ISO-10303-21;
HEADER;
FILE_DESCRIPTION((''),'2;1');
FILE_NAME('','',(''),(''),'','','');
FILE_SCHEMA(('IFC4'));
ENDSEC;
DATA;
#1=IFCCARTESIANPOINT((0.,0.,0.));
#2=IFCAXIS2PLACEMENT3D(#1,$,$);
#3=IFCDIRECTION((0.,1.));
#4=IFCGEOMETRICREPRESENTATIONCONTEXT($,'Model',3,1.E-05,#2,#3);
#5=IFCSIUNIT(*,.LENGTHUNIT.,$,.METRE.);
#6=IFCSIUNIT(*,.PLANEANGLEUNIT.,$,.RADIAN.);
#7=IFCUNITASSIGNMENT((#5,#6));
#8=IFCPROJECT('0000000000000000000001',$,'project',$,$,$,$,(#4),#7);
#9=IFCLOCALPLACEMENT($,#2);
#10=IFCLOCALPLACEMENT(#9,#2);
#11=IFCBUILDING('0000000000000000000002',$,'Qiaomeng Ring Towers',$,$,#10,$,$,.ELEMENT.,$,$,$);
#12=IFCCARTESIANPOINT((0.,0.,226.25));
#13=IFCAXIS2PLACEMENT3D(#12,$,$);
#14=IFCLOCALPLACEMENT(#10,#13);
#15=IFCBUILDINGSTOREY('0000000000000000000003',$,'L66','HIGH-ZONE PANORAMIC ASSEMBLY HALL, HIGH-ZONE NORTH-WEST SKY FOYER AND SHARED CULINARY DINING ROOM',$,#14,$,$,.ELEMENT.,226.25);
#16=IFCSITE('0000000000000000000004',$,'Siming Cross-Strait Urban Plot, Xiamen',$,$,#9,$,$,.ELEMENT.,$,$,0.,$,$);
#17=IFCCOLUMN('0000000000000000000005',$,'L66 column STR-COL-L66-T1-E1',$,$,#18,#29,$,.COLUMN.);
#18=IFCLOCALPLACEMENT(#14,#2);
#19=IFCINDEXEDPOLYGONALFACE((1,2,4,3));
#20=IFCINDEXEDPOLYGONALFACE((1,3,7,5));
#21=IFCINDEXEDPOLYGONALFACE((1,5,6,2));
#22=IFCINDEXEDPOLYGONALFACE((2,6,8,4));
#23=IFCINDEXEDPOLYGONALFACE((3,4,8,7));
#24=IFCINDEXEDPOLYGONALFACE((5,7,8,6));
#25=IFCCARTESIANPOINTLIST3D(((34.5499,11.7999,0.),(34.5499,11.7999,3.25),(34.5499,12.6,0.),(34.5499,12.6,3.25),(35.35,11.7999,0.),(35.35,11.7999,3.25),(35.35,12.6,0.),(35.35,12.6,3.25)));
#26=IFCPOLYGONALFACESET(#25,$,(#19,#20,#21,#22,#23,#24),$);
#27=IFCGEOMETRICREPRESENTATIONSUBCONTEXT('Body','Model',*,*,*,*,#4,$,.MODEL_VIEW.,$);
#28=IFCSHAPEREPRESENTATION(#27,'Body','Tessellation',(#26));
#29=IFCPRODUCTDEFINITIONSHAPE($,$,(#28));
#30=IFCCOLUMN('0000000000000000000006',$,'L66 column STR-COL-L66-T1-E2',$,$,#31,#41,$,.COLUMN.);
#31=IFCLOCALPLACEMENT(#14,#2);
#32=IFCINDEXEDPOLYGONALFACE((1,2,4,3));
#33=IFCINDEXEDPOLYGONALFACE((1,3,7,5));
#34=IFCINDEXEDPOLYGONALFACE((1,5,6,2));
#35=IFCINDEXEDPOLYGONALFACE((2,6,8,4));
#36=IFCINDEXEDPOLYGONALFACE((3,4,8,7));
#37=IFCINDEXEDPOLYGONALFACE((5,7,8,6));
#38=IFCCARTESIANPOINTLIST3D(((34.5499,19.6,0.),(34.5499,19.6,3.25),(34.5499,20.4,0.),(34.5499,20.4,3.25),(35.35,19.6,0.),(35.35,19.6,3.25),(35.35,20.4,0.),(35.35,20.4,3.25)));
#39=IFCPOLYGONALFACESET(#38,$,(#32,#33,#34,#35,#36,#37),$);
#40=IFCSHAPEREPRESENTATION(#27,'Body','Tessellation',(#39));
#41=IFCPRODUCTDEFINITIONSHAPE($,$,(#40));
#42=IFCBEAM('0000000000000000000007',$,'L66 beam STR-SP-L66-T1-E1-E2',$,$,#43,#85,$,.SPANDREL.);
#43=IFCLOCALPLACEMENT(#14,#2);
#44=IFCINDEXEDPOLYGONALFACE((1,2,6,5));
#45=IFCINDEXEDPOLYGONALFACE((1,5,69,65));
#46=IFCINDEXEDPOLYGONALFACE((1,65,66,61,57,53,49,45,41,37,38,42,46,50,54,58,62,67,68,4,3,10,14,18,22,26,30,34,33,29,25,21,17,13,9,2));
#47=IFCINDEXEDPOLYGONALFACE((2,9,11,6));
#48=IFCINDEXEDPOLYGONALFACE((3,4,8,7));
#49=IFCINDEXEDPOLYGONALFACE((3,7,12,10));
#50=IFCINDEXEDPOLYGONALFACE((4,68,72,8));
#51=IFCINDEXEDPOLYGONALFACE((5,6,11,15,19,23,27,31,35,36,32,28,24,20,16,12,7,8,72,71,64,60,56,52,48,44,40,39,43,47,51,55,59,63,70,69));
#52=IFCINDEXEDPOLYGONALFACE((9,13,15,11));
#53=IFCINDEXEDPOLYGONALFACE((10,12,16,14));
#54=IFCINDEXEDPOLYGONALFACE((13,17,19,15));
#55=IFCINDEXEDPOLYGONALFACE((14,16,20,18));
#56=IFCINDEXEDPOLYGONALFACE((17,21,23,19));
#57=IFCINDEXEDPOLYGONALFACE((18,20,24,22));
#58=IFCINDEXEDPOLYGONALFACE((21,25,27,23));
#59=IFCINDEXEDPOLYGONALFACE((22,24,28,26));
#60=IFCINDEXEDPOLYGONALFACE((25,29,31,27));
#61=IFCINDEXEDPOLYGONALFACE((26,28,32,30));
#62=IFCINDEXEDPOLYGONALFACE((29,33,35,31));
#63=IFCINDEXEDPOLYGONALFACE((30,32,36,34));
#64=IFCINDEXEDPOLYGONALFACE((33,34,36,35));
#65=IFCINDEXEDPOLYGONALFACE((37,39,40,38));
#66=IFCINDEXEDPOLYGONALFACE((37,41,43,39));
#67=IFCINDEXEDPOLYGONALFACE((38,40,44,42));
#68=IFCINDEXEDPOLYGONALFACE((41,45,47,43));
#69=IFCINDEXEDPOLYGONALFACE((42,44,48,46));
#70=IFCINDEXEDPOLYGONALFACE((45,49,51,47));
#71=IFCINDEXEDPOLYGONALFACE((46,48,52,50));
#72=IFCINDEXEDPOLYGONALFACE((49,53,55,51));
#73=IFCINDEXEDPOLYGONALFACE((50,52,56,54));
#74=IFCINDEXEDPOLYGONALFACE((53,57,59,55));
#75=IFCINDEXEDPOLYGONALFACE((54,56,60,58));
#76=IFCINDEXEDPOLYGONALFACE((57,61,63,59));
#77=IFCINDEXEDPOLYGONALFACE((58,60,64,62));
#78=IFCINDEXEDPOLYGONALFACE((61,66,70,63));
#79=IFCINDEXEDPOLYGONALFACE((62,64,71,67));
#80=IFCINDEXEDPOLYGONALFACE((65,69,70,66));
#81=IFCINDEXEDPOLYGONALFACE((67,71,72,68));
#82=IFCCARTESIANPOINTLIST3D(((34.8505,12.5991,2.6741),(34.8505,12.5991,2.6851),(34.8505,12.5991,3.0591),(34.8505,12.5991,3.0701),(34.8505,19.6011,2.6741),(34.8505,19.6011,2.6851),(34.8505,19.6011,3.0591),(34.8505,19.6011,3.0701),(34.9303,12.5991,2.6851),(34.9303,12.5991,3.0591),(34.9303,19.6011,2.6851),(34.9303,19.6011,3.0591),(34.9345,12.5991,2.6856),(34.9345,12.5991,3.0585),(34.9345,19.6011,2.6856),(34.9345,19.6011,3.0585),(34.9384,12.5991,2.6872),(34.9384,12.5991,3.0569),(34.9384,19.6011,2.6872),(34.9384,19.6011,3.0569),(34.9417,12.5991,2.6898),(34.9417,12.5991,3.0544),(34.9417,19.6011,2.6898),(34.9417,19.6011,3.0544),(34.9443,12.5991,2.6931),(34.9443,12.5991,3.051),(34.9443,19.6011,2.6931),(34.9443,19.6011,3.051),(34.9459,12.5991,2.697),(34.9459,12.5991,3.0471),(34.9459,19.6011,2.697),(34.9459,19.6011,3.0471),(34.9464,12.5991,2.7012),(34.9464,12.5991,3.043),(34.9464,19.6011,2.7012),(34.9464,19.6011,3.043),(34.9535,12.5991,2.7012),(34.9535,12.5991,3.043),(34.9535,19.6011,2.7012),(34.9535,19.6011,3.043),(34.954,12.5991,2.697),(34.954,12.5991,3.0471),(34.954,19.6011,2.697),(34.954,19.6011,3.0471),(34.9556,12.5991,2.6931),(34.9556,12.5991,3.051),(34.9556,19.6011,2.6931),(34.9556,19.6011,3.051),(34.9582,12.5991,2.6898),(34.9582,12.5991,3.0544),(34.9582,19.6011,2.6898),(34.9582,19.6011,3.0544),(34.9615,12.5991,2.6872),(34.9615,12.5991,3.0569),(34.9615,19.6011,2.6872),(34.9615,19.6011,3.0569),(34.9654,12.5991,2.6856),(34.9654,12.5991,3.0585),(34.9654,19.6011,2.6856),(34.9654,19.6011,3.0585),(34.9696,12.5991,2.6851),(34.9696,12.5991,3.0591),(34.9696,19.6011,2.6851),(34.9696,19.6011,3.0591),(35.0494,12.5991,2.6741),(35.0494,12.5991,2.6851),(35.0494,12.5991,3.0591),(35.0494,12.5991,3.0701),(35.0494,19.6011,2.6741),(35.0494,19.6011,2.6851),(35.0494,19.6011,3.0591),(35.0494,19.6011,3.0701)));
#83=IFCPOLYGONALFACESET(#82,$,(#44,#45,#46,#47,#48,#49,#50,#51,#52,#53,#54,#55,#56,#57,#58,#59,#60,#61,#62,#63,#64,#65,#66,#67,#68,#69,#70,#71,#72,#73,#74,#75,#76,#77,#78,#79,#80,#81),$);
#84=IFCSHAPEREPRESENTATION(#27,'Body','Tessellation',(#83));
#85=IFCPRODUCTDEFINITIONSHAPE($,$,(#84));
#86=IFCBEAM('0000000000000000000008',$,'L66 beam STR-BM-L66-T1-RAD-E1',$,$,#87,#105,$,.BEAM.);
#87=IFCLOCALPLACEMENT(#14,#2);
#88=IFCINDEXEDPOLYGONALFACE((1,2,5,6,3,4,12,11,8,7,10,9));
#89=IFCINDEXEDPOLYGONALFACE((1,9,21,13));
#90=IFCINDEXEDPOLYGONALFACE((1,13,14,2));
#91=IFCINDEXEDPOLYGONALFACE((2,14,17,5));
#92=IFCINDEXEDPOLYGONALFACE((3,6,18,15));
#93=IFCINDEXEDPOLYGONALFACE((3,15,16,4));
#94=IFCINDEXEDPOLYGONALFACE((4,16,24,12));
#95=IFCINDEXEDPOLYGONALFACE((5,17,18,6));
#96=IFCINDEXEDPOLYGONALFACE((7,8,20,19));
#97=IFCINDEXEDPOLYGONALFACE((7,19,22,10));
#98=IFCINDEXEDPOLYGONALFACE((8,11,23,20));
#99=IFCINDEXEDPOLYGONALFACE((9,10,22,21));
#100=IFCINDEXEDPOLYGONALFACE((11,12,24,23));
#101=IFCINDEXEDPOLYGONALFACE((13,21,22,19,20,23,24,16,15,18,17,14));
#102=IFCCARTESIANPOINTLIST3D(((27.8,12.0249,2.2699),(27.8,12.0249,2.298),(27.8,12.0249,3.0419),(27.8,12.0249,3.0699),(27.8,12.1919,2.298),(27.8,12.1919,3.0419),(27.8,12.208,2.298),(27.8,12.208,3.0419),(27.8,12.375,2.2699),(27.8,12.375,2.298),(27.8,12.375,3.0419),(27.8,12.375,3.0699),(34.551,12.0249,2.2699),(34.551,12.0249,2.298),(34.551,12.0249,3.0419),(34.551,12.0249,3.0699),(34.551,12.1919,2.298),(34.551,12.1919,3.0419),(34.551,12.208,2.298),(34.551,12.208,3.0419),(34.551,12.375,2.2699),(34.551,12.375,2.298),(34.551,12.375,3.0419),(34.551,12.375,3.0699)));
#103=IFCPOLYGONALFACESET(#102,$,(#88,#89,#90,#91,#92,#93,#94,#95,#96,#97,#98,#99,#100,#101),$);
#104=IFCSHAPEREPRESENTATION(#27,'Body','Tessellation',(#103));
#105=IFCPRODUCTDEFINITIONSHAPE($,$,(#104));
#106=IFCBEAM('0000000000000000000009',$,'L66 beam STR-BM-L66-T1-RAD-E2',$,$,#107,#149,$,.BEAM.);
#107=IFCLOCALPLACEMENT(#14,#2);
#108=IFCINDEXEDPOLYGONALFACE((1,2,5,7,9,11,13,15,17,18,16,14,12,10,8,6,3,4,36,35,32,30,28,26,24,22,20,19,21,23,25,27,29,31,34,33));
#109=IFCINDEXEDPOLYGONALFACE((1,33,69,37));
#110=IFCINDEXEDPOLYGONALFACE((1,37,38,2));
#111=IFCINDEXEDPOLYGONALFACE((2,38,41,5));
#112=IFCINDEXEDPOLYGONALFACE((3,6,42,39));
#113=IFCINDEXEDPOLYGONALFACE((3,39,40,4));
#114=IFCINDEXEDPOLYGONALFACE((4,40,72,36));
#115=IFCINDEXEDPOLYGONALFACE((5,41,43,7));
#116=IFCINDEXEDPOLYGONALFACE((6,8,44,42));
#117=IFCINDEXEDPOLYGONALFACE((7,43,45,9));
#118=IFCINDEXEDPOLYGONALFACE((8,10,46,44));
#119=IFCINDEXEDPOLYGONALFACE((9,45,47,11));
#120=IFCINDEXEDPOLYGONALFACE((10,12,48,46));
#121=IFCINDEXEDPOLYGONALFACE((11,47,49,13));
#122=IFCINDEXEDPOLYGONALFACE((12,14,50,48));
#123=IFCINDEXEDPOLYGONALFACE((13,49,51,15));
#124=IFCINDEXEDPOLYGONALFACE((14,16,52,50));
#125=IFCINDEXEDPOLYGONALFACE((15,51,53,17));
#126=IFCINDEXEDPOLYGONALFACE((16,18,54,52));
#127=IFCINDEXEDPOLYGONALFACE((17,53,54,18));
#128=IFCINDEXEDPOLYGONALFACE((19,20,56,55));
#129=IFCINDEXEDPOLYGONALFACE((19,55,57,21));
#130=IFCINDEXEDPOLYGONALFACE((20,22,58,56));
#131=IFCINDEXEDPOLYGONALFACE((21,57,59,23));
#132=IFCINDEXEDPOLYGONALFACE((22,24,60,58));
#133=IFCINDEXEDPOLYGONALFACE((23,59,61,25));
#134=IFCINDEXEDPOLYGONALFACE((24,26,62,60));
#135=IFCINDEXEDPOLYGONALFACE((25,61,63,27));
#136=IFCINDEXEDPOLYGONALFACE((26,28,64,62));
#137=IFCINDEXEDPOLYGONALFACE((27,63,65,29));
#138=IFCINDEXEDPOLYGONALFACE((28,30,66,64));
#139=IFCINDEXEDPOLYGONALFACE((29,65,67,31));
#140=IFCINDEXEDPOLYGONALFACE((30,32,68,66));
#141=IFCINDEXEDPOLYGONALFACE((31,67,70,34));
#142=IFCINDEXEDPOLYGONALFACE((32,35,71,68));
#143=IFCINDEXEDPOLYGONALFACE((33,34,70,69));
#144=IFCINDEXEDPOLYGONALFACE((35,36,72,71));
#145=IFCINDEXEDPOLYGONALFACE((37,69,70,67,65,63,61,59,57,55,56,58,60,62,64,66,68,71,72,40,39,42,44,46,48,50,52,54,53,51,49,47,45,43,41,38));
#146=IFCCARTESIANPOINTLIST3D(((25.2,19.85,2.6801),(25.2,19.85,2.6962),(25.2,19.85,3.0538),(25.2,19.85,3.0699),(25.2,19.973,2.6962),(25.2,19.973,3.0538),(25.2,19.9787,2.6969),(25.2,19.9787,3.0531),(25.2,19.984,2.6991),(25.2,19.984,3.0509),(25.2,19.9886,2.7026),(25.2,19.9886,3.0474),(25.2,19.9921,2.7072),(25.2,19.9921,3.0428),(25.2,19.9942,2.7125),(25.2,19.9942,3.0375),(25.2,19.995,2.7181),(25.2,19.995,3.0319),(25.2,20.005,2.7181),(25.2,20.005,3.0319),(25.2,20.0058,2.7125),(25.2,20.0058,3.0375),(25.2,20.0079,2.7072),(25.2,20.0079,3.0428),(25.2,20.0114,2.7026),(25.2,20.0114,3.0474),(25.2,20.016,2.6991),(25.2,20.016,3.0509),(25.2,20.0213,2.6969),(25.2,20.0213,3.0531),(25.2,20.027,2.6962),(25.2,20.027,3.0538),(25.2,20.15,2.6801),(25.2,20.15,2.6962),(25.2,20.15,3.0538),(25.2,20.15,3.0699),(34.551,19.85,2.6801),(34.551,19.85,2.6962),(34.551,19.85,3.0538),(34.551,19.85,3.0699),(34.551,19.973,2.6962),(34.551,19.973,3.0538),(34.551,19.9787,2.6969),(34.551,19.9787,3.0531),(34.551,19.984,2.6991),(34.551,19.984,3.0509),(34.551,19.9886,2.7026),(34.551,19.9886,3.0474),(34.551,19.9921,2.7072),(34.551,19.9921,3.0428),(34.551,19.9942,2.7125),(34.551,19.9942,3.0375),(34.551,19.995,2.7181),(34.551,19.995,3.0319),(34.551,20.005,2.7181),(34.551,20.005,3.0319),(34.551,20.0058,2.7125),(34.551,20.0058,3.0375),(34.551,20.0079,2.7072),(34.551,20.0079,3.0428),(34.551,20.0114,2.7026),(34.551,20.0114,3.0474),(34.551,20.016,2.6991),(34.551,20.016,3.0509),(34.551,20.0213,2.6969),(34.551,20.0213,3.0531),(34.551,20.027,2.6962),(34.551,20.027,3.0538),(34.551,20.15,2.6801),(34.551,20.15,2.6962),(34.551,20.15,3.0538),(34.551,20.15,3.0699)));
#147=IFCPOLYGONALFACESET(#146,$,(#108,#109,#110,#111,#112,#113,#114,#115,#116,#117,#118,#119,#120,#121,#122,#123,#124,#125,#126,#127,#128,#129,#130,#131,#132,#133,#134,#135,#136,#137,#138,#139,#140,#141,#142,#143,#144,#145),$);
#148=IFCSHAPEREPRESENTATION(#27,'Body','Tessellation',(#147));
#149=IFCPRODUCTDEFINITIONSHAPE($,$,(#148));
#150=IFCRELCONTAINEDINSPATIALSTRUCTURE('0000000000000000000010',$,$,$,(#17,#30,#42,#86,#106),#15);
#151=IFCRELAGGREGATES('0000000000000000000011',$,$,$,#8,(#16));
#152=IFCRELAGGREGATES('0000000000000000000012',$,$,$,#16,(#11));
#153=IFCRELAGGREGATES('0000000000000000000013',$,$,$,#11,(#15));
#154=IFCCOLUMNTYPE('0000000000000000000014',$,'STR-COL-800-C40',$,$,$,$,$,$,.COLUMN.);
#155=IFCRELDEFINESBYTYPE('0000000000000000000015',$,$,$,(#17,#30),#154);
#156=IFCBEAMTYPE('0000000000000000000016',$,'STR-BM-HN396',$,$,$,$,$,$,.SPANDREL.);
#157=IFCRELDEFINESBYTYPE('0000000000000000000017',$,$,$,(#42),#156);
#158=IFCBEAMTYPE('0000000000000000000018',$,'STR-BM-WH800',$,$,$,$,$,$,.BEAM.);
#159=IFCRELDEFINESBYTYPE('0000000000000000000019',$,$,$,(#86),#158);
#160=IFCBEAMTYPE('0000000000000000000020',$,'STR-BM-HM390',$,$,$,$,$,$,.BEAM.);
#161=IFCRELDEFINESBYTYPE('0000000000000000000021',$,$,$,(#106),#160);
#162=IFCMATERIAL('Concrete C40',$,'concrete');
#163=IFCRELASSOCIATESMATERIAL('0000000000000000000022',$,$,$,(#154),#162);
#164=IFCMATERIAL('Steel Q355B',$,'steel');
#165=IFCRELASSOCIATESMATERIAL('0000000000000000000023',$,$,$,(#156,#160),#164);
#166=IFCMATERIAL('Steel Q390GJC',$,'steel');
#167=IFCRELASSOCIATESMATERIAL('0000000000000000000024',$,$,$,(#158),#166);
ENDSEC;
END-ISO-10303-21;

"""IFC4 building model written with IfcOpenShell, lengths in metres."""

from ifc_helpers import new_model, si_unit, direction, frame, origin, origin_2d, place, context, subcontext, project, spatial, rectangle, i_section, extrude, source, transform, mapped, material, material_profile, profile_set, type_object, element, save


model = new_model("IFC4")

# Units and contexts
model_context = context("Model", 3, precision=1e-05, world=origin(), true_north=direction((0.0, 1.0)))
body_context = subcontext(model_context, "Body", "Model", "MODEL_VIEW")
ifc_project = project(units=[si_unit("LENGTHUNIT", "METRE"), si_unit("PLANEANGLEUNIT", "RADIAN")], contexts=[model_context])

# Site, building, storey
site_placement = place(None, origin())
site = spatial("IfcSite", under=ifc_project, at=site_placement, Name="Siming Cross-Strait Urban Plot, Xiamen", CompositionType="ELEMENT", RefElevation=0.0)
building_placement = place(site_placement, origin())
building = spatial("IfcBuilding", under=site, at=building_placement, Name="Qiaomeng Ring Towers", CompositionType="ELEMENT")
storey_placement = place(building_placement, frame((0.0, 0.0, 226.25)))
storey = spatial("IfcBuildingStorey", under=building, at=storey_placement, Name="L66", Description="HIGH-ZONE PANORAMIC ASSEMBLY HALL, HIGH-ZONE NORTH-WEST SKY FOYER AND SHARED CULINARY DINING ROOM", CompositionType="ELEMENT", Elevation=226.25)

# Columns
ifc_material_1 = material(Name="Concrete C40", Category="concrete")
ifc_material_profile_1 = material_profile(ifc_material_1, rectangle(XDim=0.8, YDim=0.8, at=origin_2d()), Name="RC COL 800x800")
ifc_profile_set_1 = profile_set([ifc_material_profile_1], Name="Concrete C40")
column_type = type_object("IfcColumnType", Name="STR-COL-800-C40", PredefinedType="COLUMN", material=ifc_profile_set_1)
shared_shape_1 = source(origin(), body_context, "Body", "SweptSolid", [
    extrude(rectangle(XDim=0.8, YDim=0.8, at=origin_2d()), origin(), (0.0, 0.0, 1.0), 3.25),
])
for number, where, z_axis, x_axis, name in (
    (1, (34.95, 12.2, 0.0), (0.0, 0.0, 1.0), (1.0, 0.0, 0.0), "L66 column STR-COL-L66-T1-E1"),
    (2, (34.95, 20.0, 0.0), (0.0, 0.0, 1.0), (1.0, 0.0, 0.0), "L66 column STR-COL-L66-T1-E2"),
):
    element("IfcColumn", number, at=place(storey_placement, frame(where, z_axis=z_axis, x_axis=x_axis)), inside=storey, type_object=column_type, Name=name, PredefinedType="COLUMN", context=body_context, shape_type="MappedRepresentation", body=[
        mapped(shared_shape_1, transform((0.0, 0.0, 0.0), x_axis=(1.0, 0.0, 0.0), y_axis=(0.0, 1.0, 0.0), z_axis=(0.0, 0.0, 1.0), scale=1.0)),
    ])

# Beams
ifc_material_2 = material(Name="Steel Q355B", Category="steel")
ifc_material_profile_2 = material_profile(ifc_material_2, i_section(OverallWidth=0.199, OverallDepth=0.396, WebThickness=0.0071, FlangeThickness=0.011, FilletRadius=0.0161, at=origin_2d()), Name="HN 396x199x7x11")
ifc_profile_set_2 = profile_set([ifc_material_profile_2], Name="Steel Q355B")
beam_type_1 = type_object("IfcBeamType", Name="STR-BM-HN396", PredefinedType="SPANDREL", material=ifc_profile_set_2)
shared_shape_2 = source(origin(), body_context, "Body", "SweptSolid", [
    extrude(i_section(OverallWidth=0.199, OverallDepth=0.396, WebThickness=0.0071, FlangeThickness=0.011, FilletRadius=0.0161, at=origin_2d()), origin(), (0.0, 0.0, 1.0), 7.002),
])
beam_1_placement = place(storey_placement, frame((34.95, 12.5991, 2.8721), z_axis=(0.0, 1.0, 0.0), x_axis=(-1.0, 0.0, 0.0)))
element("IfcBeam", 3, at=beam_1_placement, inside=storey, type_object=beam_type_1, Name="L66 beam STR-SP-L66-T1-E1-E2", PredefinedType="SPANDREL", context=body_context, shape_type="MappedRepresentation", body=[
    mapped(shared_shape_2, transform((0.0, 0.0, 0.0), x_axis=(1.0, 0.0, 0.0), y_axis=(0.0, 1.0, 0.0), z_axis=(0.0, 0.0, 1.0), scale=1.0)),
])
ifc_material_3 = material(Name="Steel Q390GJC", Category="steel")
ifc_material_profile_3 = material_profile(ifc_material_3, i_section(OverallWidth=0.3501, OverallDepth=0.8, WebThickness=0.0161, FlangeThickness=0.0281, at=origin_2d()), Name="WH 800x350x16x28")
ifc_profile_set_3 = profile_set([ifc_material_profile_3], Name="Steel Q390GJC")
beam_type_2 = type_object("IfcBeamType", Name="STR-BM-WH800", PredefinedType="BEAM", material=ifc_profile_set_3)
shared_shape_3 = source(origin(), body_context, "Body", "SweptSolid", [
    extrude(i_section(OverallWidth=0.3501, OverallDepth=0.8, WebThickness=0.0161, FlangeThickness=0.0281, at=origin_2d()), origin(), (0.0, 0.0, 1.0), 6.751),
])
beam_2_placement = place(storey_placement, frame((27.8, 12.2, 2.6699), z_axis=(1.0, 0.0, 0.0), x_axis=(0.0, 1.0, 0.0)))
element("IfcBeam", 4, at=beam_2_placement, inside=storey, type_object=beam_type_2, Name="L66 beam STR-BM-L66-T1-RAD-E1", PredefinedType="BEAM", context=body_context, shape_type="MappedRepresentation", body=[
    mapped(shared_shape_3, transform((0.0, 0.0, 0.0), x_axis=(1.0, 0.0, 0.0), y_axis=(0.0, 1.0, 0.0), z_axis=(0.0, 0.0, 1.0), scale=1.0)),
])
ifc_material_profile_4 = material_profile(ifc_material_2, i_section(OverallWidth=0.3, OverallDepth=0.3899, WebThickness=0.01, FlangeThickness=0.0161, FilletRadius=0.022, at=origin_2d()), Name="HM 390x300x10x16")
ifc_profile_set_4 = profile_set([ifc_material_profile_4], Name="Steel Q355B")
beam_type_3 = type_object("IfcBeamType", Name="STR-BM-HM390", PredefinedType="BEAM", material=ifc_profile_set_4)
shared_shape_4 = source(origin(), body_context, "Body", "SweptSolid", [
    extrude(i_section(OverallWidth=0.3, OverallDepth=0.3899, WebThickness=0.01, FlangeThickness=0.0161, FilletRadius=0.022, at=origin_2d()), origin(), (0.0, 0.0, 1.0), 9.3511),
])
beam_3_placement = place(storey_placement, frame((25.2, 20.0, 2.875), z_axis=(1.0, 0.0, 0.0), x_axis=(0.0, 1.0, 0.0)))
element("IfcBeam", 5, at=beam_3_placement, inside=storey, type_object=beam_type_3, Name="L66 beam STR-BM-L66-T1-RAD-E2", PredefinedType="BEAM", context=body_context, shape_type="MappedRepresentation", body=[
    mapped(shared_shape_4, transform((0.0, 0.0, 0.0), x_axis=(1.0, 0.0, 0.0), y_axis=(0.0, 1.0, 0.0), z_axis=(0.0, 0.0, 1.0), scale=1.0)),
])

save(model, "model.ifc")
